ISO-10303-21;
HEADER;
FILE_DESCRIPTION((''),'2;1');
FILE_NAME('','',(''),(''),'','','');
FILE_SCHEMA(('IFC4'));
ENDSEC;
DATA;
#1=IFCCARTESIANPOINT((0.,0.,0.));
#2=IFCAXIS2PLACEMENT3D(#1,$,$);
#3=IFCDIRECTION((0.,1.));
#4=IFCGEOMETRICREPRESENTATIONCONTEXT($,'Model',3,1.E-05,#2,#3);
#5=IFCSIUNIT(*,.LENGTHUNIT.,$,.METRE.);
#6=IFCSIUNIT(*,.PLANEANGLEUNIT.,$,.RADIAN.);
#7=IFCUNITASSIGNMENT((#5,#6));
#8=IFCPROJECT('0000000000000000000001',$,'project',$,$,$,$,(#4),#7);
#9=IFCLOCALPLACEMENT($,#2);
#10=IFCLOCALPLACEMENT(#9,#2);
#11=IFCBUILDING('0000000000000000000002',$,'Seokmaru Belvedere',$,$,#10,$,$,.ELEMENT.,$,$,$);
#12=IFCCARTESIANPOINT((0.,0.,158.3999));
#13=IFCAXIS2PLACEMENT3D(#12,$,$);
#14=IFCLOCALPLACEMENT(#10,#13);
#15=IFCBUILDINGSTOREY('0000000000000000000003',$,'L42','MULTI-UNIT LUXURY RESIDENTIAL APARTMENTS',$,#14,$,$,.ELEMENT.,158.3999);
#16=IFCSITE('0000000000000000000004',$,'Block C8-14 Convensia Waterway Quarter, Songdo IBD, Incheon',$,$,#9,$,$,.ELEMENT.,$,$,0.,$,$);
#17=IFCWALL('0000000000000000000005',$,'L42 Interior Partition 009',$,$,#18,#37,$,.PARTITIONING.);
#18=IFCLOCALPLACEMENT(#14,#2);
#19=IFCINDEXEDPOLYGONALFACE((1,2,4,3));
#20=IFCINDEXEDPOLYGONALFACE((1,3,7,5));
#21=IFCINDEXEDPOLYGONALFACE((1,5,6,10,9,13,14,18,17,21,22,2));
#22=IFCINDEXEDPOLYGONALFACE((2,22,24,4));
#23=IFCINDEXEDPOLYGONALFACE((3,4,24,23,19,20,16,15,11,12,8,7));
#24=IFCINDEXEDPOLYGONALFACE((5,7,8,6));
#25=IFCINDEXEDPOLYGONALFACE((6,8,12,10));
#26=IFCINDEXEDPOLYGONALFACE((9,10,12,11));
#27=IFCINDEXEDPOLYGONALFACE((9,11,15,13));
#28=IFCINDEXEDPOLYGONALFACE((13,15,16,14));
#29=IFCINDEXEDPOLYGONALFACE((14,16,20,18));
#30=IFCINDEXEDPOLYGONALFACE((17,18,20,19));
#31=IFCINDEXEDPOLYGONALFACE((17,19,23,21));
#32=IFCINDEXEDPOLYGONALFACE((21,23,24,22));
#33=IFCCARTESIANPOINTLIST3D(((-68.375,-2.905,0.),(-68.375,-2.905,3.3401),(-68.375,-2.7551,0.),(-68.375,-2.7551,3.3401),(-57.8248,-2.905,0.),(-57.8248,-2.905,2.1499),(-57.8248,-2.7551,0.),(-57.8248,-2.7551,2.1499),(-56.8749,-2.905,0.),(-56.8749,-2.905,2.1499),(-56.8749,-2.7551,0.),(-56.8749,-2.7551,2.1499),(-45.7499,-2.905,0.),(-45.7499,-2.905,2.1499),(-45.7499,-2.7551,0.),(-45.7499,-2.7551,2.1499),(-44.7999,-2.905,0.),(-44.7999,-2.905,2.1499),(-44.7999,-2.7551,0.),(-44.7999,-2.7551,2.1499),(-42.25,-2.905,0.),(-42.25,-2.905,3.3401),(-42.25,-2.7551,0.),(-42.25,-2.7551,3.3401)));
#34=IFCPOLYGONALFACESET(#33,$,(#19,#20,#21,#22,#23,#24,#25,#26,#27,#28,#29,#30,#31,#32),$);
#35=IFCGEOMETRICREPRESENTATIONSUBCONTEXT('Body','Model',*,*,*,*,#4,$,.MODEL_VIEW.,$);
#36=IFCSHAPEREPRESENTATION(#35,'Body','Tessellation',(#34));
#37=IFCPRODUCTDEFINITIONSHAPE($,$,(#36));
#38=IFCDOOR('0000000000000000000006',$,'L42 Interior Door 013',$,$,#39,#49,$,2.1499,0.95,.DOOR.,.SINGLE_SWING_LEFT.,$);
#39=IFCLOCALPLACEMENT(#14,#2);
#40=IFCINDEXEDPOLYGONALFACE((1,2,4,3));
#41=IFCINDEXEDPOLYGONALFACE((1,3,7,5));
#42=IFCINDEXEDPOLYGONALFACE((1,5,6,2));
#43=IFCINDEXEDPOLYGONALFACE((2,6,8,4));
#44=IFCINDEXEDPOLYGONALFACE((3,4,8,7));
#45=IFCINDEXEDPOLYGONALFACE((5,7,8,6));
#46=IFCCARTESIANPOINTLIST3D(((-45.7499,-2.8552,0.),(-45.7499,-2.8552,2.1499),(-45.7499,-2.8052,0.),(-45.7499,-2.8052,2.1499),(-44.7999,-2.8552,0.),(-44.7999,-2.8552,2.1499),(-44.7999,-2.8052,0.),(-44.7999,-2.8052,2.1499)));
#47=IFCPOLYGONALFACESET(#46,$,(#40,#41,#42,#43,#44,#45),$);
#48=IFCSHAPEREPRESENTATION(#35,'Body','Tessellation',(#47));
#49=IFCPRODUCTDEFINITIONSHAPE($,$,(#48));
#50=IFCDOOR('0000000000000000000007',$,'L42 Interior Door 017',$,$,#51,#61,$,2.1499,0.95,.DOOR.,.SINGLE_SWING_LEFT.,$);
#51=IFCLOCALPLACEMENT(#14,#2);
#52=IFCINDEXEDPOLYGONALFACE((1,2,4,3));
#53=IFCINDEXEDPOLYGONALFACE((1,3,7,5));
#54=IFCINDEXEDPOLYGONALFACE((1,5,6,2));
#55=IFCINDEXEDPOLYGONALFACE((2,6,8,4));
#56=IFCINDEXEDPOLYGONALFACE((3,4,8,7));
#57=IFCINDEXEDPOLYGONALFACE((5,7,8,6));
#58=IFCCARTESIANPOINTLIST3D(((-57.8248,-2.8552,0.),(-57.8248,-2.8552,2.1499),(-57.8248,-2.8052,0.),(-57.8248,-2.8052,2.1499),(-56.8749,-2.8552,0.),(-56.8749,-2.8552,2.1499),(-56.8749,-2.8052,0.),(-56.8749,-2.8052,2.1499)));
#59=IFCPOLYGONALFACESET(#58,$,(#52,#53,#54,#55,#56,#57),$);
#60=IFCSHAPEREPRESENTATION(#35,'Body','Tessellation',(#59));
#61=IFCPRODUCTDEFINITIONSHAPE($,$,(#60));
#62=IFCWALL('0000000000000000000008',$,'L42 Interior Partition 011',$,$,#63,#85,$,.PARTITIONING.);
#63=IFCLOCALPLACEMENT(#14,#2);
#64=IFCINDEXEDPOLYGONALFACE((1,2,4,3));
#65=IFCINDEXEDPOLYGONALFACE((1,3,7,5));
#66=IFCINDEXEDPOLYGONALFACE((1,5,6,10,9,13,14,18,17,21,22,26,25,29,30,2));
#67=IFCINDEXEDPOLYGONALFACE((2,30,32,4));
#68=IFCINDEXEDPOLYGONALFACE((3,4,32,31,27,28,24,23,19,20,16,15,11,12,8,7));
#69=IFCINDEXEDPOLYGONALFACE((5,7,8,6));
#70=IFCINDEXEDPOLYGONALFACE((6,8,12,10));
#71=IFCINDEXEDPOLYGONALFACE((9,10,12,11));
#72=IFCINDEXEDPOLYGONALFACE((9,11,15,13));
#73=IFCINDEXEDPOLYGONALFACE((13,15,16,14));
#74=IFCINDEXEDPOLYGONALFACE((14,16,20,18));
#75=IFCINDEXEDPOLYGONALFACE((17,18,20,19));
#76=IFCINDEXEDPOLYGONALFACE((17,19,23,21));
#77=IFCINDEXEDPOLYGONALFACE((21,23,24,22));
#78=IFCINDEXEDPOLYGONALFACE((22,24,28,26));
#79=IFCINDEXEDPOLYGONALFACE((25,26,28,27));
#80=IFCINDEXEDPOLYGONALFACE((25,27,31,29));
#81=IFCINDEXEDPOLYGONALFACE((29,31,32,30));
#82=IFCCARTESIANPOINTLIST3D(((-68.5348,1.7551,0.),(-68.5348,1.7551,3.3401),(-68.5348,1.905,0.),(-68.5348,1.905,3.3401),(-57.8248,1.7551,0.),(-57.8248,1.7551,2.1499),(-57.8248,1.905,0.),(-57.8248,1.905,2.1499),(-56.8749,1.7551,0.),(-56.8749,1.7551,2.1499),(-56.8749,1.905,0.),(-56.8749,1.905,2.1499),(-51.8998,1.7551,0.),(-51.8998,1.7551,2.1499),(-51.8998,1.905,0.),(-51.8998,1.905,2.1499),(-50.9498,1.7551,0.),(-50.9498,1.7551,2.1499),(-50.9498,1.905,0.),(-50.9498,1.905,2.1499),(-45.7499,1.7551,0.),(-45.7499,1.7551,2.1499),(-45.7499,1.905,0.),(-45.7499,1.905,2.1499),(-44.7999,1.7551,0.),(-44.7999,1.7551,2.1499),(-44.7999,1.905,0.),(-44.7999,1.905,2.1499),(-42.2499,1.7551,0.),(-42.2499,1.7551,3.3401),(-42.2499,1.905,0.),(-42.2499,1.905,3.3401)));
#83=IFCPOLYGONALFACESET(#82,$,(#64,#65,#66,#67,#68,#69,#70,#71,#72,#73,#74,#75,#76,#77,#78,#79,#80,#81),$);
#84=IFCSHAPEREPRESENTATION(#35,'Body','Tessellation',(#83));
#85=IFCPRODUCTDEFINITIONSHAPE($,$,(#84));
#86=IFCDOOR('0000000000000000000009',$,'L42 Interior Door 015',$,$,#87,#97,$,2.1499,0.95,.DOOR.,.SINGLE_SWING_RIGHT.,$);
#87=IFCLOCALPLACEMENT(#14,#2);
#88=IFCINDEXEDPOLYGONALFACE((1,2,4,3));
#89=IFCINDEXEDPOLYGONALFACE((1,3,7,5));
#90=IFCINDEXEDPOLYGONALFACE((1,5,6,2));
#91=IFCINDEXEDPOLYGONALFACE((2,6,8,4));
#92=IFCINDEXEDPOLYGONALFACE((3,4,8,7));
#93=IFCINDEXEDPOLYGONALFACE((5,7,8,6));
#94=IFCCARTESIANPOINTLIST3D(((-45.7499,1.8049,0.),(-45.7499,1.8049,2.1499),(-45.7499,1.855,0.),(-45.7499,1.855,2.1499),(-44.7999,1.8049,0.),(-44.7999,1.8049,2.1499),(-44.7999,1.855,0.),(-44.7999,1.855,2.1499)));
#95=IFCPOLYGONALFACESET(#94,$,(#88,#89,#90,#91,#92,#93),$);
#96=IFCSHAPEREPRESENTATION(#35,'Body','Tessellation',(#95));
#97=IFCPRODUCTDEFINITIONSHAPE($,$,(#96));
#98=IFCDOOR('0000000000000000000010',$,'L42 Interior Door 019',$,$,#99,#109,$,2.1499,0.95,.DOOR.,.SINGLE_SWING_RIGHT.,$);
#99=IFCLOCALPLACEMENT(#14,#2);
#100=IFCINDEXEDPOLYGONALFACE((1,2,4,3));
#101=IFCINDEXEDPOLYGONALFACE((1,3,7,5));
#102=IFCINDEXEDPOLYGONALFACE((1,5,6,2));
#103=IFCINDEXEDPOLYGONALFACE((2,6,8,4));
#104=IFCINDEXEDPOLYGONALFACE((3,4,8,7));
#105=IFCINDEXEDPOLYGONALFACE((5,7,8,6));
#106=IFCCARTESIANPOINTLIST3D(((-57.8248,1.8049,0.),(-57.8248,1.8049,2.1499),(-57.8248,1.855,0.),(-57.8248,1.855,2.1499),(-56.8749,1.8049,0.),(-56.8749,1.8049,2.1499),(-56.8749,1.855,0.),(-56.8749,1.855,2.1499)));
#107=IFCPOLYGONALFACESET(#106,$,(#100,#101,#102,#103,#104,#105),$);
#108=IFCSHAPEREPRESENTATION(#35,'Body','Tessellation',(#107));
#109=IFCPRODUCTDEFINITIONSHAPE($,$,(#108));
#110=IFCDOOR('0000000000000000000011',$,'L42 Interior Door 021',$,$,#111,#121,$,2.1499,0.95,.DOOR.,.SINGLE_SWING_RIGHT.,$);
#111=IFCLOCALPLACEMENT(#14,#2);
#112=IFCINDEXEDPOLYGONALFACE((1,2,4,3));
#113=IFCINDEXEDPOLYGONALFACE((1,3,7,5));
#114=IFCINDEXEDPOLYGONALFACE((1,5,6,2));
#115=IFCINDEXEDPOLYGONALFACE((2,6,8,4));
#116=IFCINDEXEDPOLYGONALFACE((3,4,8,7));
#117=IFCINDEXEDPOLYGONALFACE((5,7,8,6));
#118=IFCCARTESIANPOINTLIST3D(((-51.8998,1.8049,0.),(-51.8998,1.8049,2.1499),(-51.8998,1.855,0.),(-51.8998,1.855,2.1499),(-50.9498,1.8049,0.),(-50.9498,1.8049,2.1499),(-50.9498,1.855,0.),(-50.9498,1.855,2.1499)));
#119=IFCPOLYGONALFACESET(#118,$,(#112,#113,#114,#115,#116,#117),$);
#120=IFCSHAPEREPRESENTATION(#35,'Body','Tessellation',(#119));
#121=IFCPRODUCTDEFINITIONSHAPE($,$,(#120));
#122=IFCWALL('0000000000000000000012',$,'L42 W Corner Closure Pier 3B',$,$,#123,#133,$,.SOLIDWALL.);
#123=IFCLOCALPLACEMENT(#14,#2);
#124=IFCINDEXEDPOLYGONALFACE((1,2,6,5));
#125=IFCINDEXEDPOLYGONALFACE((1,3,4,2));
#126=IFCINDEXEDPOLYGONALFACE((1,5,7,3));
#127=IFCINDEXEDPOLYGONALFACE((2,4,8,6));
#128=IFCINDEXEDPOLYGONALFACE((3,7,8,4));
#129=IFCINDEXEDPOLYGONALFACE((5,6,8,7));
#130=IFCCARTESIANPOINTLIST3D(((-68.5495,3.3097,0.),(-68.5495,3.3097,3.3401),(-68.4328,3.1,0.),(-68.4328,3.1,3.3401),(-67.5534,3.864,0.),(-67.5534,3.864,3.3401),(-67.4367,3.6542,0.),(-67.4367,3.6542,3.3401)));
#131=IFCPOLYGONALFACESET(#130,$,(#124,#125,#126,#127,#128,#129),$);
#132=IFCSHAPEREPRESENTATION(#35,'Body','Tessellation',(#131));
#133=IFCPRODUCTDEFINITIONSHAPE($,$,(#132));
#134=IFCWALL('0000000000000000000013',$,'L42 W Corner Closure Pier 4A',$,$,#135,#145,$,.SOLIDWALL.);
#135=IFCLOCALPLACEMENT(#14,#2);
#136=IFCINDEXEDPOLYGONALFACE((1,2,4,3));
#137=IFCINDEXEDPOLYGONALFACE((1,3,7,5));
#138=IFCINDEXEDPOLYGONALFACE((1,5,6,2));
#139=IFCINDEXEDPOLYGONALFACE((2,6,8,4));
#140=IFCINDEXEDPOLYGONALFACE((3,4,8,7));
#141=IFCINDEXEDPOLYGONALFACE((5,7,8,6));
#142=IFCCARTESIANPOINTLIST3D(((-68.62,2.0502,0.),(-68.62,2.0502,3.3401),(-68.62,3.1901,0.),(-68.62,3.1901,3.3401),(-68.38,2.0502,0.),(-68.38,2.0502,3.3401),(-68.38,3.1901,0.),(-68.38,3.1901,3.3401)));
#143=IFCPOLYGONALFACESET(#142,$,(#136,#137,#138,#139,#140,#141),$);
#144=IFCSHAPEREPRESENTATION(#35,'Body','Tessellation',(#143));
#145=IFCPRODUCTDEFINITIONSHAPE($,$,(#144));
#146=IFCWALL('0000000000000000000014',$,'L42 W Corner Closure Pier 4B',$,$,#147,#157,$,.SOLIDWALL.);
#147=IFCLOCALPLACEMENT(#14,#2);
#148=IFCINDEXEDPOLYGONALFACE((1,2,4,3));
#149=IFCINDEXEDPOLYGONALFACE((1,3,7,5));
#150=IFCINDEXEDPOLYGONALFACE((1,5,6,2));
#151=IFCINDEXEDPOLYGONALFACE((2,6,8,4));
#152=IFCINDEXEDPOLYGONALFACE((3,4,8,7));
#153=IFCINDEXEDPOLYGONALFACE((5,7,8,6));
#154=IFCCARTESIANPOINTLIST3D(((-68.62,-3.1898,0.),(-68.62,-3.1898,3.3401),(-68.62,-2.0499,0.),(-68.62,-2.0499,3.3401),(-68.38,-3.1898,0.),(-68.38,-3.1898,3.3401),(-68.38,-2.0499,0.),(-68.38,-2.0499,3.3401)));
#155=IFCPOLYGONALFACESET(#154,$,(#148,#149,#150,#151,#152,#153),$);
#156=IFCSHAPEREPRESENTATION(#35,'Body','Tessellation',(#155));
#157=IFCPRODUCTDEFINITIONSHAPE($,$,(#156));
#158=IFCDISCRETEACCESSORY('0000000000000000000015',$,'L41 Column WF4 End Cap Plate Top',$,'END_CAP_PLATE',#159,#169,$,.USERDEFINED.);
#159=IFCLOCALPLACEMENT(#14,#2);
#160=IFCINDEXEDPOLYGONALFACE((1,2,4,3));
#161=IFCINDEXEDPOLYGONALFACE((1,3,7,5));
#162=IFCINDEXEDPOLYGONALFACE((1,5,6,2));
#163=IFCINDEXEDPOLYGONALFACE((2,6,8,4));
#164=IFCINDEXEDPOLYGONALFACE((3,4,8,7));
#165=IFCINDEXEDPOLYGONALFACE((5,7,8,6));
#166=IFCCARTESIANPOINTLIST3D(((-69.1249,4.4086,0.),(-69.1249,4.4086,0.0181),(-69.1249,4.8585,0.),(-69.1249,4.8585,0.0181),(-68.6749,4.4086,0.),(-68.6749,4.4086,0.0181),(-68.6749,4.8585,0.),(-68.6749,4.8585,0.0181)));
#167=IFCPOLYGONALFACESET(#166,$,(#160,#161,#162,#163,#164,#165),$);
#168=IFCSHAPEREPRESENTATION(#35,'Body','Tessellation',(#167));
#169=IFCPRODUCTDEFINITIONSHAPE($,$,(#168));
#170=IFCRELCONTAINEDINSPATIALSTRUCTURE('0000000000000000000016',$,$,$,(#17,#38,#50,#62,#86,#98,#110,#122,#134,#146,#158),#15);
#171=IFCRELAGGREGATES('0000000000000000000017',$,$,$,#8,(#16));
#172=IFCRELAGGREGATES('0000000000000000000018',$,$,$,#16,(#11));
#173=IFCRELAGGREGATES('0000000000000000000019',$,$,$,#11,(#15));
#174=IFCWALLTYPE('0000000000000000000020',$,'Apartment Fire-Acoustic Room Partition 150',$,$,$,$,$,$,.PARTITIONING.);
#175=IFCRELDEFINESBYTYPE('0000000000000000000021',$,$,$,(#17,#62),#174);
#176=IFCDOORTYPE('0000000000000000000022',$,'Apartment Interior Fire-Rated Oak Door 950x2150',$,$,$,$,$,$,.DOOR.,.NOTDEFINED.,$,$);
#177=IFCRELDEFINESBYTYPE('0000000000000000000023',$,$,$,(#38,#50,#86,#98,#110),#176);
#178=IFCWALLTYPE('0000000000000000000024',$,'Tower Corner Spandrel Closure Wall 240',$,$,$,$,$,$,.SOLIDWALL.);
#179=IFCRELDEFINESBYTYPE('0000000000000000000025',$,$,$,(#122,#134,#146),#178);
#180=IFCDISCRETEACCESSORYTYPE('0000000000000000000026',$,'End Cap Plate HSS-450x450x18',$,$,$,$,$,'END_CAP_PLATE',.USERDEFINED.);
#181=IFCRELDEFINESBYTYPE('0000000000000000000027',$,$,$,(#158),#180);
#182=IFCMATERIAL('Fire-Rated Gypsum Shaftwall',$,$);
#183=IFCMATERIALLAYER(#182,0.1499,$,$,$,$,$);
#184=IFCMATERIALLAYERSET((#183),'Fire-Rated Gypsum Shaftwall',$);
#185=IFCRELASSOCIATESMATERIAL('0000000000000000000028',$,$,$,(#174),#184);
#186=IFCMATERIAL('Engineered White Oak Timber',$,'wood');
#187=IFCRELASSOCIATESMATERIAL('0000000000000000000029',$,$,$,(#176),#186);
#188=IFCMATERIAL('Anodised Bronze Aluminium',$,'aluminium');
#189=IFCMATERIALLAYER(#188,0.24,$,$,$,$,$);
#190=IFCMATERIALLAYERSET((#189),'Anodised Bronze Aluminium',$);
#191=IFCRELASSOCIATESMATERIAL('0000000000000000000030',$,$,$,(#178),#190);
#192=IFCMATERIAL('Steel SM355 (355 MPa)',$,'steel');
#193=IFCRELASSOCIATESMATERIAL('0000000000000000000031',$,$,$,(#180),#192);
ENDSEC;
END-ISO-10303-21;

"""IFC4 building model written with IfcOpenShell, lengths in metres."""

from ifc_helpers import new_model, si_unit, direction, frame, frame_2d, origin, origin_2d, place, context, subcontext, project, spatial, rectangle, extrude, source, transform, mapped, material, layer, layer_set, type_object, type_shapes, element, fill, save


model = new_model("IFC4")

# Units and contexts
model_context = context("Model", 3, precision=1e-05, world=origin(), true_north=direction((0.0, 1.0)))
body_context = subcontext(model_context, "Body", "Model", "MODEL_VIEW")
ifc_project = project(units=[si_unit("LENGTHUNIT", "METRE"), si_unit("PLANEANGLEUNIT", "RADIAN")], contexts=[model_context])

# Site, building, storey
site_placement = place(None, origin())
site = spatial("IfcSite", under=ifc_project, at=site_placement, Name="Block C8-14 Convensia Waterway Quarter, Songdo IBD, Incheon", CompositionType="ELEMENT", RefElevation=0.0)
building_placement = place(site_placement, origin())
building = spatial("IfcBuilding", under=site, at=building_placement, Name="Seokmaru Belvedere", CompositionType="ELEMENT")
storey_placement = place(building_placement, frame((0.0, 0.0, 158.3999)))
storey = spatial("IfcBuildingStorey", under=building, at=storey_placement, Name="L42", Description="MULTI-UNIT LUXURY RESIDENTIAL APARTMENTS", CompositionType="ELEMENT", Elevation=158.3999)

# Shared definitions
ifc_material_1 = material(Name="Steel SM355 (355 MPa)", Category="steel")

# Shared definitions
ifc_material_2 = material(Name="Anodised Bronze Aluminium", Category="aluminium")

# Walls, openings, doors
ifc_material_3 = material(Name="Fire-Rated Gypsum Shaftwall")
ifc_layer_1 = layer(ifc_material_3, 0.1499)
ifc_layer_set_1 = layer_set([ifc_layer_1], Name="Fire-Rated Gypsum Shaftwall")
wall_type_1 = type_object("IfcWallType", Name="Apartment Fire-Acoustic Room Partition 150", PredefinedType="PARTITIONING", material=ifc_layer_set_1)
wall_1_placement = place(storey_placement, frame((-68.375, -2.8301, 0.0), z_axis=(0.0, 0.0, 1.0), x_axis=(1.0, 0.0, 0.0)))
wall_1 = element("IfcWall", 1, at=wall_1_placement, inside=storey, type_object=wall_type_1, Name="L42 Interior Partition 009", PredefinedType="PARTITIONING", context=body_context, shape_type="SweptSolid", body=[
    extrude(rectangle(XDim=26.125, YDim=0.1499, at=frame_2d((13.0625, 0.0))), origin(), (0.0, 0.0, 1.0), 3.3401),
])
opening_1_placement = place(wall_1_placement, frame((22.625, 0.0, 0.0)))
opening_1 = element("IfcOpeningElement", 2, at=opening_1_placement, cuts=wall_1, PredefinedType="OPENING", context=body_context, shape_type="SweptSolid", body=[
    extrude(rectangle(XDim=0.95, YDim=2.1499, at=frame_2d((0.4751, 1.075))), frame((0.0, 0.085, 0.0), z_axis=(0.0, -1.0, 0.0), x_axis=(1.0, 0.0, 0.0)), (0.0, 0.0, 1.0), 0.1699),
])
opening_2_placement = place(wall_1_placement, frame((10.55, 0.0, 0.0)))
opening_2 = element("IfcOpeningElement", 3, at=opening_2_placement, cuts=wall_1, PredefinedType="OPENING", context=body_context, shape_type="SweptSolid", body=[
    extrude(rectangle(XDim=0.95, YDim=2.1499, at=frame_2d((0.4751, 1.075))), frame((0.0, 0.085, 0.0), z_axis=(0.0, -1.0, 0.0), x_axis=(1.0, 0.0, 0.0)), (0.0, 0.0, 1.0), 0.1699),
])
ifc_material_4 = material(Name="Engineered White Oak Timber", Category="wood")
door_type = type_object("IfcDoorType", Name="Apartment Interior Fire-Rated Oak Door 950x2150", OperationType="NOTDEFINED", PredefinedType="DOOR", material=ifc_material_4)
shared_shape_1 = source(origin(), body_context, "Body", "SweptSolid", [
    extrude(rectangle(XDim=0.95, YDim=2.1499, at=frame_2d((0.4751, 1.075))), frame((0.0, 0.0249, 0.0), z_axis=(0.0, -1.0, 0.0), x_axis=(1.0, 0.0, 0.0)), (0.0, 0.0, 1.0), 0.05),
])
type_shapes(door_type, [shared_shape_1])
door_1_placement = place(opening_1_placement, origin())
door_1 = element("IfcDoor", 4, at=door_1_placement, inside=storey, type_object=door_type, Name="L42 Interior Door 013", OperationType="SINGLE_SWING_LEFT", OverallHeight=2.1499, OverallWidth=0.95, PredefinedType="DOOR", context=body_context, shape_type="MappedRepresentation", body=[
    mapped(shared_shape_1, transform((0.0, 0.0, 0.0), scale=1.0)),
])
fill(opening_1, door_1)
door_2_placement = place(opening_2_placement, origin())
door_2 = element("IfcDoor", 5, at=door_2_placement, inside=storey, type_object=door_type, Name="L42 Interior Door 017", OperationType="SINGLE_SWING_LEFT", OverallHeight=2.1499, OverallWidth=0.95, PredefinedType="DOOR", context=body_context, shape_type="MappedRepresentation", body=[
    mapped(shared_shape_1, transform((0.0, 0.0, 0.0), scale=1.0)),
])
fill(opening_2, door_2)
wall_2_placement = place(storey_placement, frame((-68.5349, 1.8301, 0.0), z_axis=(0.0, 0.0, 1.0), x_axis=(1.0, 0.0, 0.0)))
wall_2 = element("IfcWall", 6, at=wall_2_placement, inside=storey, type_object=wall_type_1, Name="L42 Interior Partition 011", PredefinedType="PARTITIONING", context=body_context, shape_type="SweptSolid", body=[
    extrude(rectangle(XDim=26.2849, YDim=0.1499, at=frame_2d((13.1426, 0.0))), origin(), (0.0, 0.0, 1.0), 3.3401),
])
opening_3_placement = place(wall_2_placement, frame((22.7849, 0.0, 0.0)))
opening_3 = element("IfcOpeningElement", 7, at=opening_3_placement, cuts=wall_2, PredefinedType="OPENING", context=body_context, shape_type="SweptSolid", body=[
    extrude(rectangle(XDim=0.95, YDim=2.1499, at=frame_2d((0.4751, 1.075))), frame((0.0, 0.085, 0.0), z_axis=(0.0, -1.0, 0.0), x_axis=(1.0, 0.0, 0.0)), (0.0, 0.0, 1.0), 0.1699),
])
opening_4_placement = place(wall_2_placement, frame((10.71, 0.0, 0.0)))
opening_4 = element("IfcOpeningElement", 8, at=opening_4_placement, cuts=wall_2, PredefinedType="OPENING", context=body_context, shape_type="SweptSolid", body=[
    extrude(rectangle(XDim=0.95, YDim=2.1499, at=frame_2d((0.4751, 1.075))), frame((0.0, 0.085, 0.0), z_axis=(0.0, -1.0, 0.0), x_axis=(1.0, 0.0, 0.0)), (0.0, 0.0, 1.0), 0.1699),
])
opening_5_placement = place(wall_2_placement, frame((16.635, 0.0, 0.0)))
opening_5 = element("IfcOpeningElement", 9, at=opening_5_placement, cuts=wall_2, PredefinedType="OPENING", context=body_context, shape_type="SweptSolid", body=[
    extrude(rectangle(XDim=0.95, YDim=2.1499, at=frame_2d((0.4751, 1.075))), frame((0.0, 0.085, 0.0), z_axis=(0.0, -1.0, 0.0), x_axis=(1.0, 0.0, 0.0)), (0.0, 0.0, 1.0), 0.1699),
])
door_3_placement = place(opening_3_placement, origin())
door_3 = element("IfcDoor", 10, at=door_3_placement, inside=storey, type_object=door_type, Name="L42 Interior Door 015", OperationType="SINGLE_SWING_RIGHT", OverallHeight=2.1499, OverallWidth=0.95, PredefinedType="DOOR", context=body_context, shape_type="MappedRepresentation", body=[
    mapped(shared_shape_1, transform((0.0, 0.0, 0.0), scale=1.0)),
])
fill(opening_3, door_3)
door_4_placement = place(opening_4_placement, origin())
door_4 = element("IfcDoor", 11, at=door_4_placement, inside=storey, type_object=door_type, Name="L42 Interior Door 019", OperationType="SINGLE_SWING_RIGHT", OverallHeight=2.1499, OverallWidth=0.95, PredefinedType="DOOR", context=body_context, shape_type="MappedRepresentation", body=[
    mapped(shared_shape_1, transform((0.0, 0.0, 0.0), scale=1.0)),
])
fill(opening_4, door_4)
door_5_placement = place(opening_5_placement, origin())
door_5 = element("IfcDoor", 12, at=door_5_placement, inside=storey, type_object=door_type, Name="L42 Interior Door 021", OperationType="SINGLE_SWING_RIGHT", OverallHeight=2.1499, OverallWidth=0.95, PredefinedType="DOOR", context=body_context, shape_type="MappedRepresentation", body=[
    mapped(shared_shape_1, transform((0.0, 0.0, 0.0), scale=1.0)),
])
fill(opening_5, door_5)

# Walls
ifc_layer_2 = layer(ifc_material_2, 0.24)
ifc_layer_set_2 = layer_set([ifc_layer_2], Name="Anodised Bronze Aluminium")
wall_type_2 = type_object("IfcWallType", Name="Tower Corner Spandrel Closure Wall 240", PredefinedType="SOLIDWALL", material=ifc_layer_set_2)
for number, where, z_axis, x_axis, name in (
    (13, (-67.4951, 3.759, 0.0), (0.0, 0.0, 1.0), (-0.873854, -0.486188, 0.0), "L42 W Corner Closure Pier 3B"),
    (14, (-68.5, 3.1899, 0.0), (0.0, 0.0, 1.0), (0.0, -1.0, 0.0), "L42 W Corner Closure Pier 4A"),
    (15, (-68.5, -2.05, 0.0), (0.0, 0.0, 1.0), (0.0, -1.0, 0.0), "L42 W Corner Closure Pier 4B"),
):
    element("IfcWall", number, at=place(storey_placement, frame(where, z_axis=z_axis, x_axis=x_axis)), inside=storey, type_object=wall_type_2, Name=name, PredefinedType="SOLIDWALL", context=body_context, shape_type="SweptSolid", body=[
        extrude(rectangle(XDim=1.1399, YDim=0.24, at=frame_2d((0.5698, 0.0))), origin(), (0.0, 0.0, 1.0), 3.3401),
    ])

# Discrete accessory
discrete_accessory_type = type_object("IfcDiscreteAccessoryType", Name="End Cap Plate HSS-450x450x18", ElementType="END_CAP_PLATE", PredefinedType="USERDEFINED", material=ifc_material_1)
shared_shape_2 = source(origin(), body_context, "Body", "SweptSolid", [
    extrude(rectangle(XDim=0.45, YDim=0.45, at=origin_2d()), origin(), (0.0, 0.0, 1.0), 0.0181),
])
type_shapes(discrete_accessory_type, [shared_shape_2])
discrete_accessory_placement = place(storey_placement, frame((-68.8999, 4.6335, 0.0), z_axis=(0.0, 0.0, 1.0), x_axis=(1.0, 0.0, 0.0)))
element("IfcDiscreteAccessory", 16, at=discrete_accessory_placement, inside=storey, type_object=discrete_accessory_type, Name="L41 Column WF4 End Cap Plate Top", ObjectType="END_CAP_PLATE", PredefinedType="USERDEFINED", context=body_context, shape_type="MappedRepresentation", body=[
    mapped(shared_shape_2, transform((0.0, 0.0, 0.0), scale=1.0)),
])

save(model, "model.ifc")
